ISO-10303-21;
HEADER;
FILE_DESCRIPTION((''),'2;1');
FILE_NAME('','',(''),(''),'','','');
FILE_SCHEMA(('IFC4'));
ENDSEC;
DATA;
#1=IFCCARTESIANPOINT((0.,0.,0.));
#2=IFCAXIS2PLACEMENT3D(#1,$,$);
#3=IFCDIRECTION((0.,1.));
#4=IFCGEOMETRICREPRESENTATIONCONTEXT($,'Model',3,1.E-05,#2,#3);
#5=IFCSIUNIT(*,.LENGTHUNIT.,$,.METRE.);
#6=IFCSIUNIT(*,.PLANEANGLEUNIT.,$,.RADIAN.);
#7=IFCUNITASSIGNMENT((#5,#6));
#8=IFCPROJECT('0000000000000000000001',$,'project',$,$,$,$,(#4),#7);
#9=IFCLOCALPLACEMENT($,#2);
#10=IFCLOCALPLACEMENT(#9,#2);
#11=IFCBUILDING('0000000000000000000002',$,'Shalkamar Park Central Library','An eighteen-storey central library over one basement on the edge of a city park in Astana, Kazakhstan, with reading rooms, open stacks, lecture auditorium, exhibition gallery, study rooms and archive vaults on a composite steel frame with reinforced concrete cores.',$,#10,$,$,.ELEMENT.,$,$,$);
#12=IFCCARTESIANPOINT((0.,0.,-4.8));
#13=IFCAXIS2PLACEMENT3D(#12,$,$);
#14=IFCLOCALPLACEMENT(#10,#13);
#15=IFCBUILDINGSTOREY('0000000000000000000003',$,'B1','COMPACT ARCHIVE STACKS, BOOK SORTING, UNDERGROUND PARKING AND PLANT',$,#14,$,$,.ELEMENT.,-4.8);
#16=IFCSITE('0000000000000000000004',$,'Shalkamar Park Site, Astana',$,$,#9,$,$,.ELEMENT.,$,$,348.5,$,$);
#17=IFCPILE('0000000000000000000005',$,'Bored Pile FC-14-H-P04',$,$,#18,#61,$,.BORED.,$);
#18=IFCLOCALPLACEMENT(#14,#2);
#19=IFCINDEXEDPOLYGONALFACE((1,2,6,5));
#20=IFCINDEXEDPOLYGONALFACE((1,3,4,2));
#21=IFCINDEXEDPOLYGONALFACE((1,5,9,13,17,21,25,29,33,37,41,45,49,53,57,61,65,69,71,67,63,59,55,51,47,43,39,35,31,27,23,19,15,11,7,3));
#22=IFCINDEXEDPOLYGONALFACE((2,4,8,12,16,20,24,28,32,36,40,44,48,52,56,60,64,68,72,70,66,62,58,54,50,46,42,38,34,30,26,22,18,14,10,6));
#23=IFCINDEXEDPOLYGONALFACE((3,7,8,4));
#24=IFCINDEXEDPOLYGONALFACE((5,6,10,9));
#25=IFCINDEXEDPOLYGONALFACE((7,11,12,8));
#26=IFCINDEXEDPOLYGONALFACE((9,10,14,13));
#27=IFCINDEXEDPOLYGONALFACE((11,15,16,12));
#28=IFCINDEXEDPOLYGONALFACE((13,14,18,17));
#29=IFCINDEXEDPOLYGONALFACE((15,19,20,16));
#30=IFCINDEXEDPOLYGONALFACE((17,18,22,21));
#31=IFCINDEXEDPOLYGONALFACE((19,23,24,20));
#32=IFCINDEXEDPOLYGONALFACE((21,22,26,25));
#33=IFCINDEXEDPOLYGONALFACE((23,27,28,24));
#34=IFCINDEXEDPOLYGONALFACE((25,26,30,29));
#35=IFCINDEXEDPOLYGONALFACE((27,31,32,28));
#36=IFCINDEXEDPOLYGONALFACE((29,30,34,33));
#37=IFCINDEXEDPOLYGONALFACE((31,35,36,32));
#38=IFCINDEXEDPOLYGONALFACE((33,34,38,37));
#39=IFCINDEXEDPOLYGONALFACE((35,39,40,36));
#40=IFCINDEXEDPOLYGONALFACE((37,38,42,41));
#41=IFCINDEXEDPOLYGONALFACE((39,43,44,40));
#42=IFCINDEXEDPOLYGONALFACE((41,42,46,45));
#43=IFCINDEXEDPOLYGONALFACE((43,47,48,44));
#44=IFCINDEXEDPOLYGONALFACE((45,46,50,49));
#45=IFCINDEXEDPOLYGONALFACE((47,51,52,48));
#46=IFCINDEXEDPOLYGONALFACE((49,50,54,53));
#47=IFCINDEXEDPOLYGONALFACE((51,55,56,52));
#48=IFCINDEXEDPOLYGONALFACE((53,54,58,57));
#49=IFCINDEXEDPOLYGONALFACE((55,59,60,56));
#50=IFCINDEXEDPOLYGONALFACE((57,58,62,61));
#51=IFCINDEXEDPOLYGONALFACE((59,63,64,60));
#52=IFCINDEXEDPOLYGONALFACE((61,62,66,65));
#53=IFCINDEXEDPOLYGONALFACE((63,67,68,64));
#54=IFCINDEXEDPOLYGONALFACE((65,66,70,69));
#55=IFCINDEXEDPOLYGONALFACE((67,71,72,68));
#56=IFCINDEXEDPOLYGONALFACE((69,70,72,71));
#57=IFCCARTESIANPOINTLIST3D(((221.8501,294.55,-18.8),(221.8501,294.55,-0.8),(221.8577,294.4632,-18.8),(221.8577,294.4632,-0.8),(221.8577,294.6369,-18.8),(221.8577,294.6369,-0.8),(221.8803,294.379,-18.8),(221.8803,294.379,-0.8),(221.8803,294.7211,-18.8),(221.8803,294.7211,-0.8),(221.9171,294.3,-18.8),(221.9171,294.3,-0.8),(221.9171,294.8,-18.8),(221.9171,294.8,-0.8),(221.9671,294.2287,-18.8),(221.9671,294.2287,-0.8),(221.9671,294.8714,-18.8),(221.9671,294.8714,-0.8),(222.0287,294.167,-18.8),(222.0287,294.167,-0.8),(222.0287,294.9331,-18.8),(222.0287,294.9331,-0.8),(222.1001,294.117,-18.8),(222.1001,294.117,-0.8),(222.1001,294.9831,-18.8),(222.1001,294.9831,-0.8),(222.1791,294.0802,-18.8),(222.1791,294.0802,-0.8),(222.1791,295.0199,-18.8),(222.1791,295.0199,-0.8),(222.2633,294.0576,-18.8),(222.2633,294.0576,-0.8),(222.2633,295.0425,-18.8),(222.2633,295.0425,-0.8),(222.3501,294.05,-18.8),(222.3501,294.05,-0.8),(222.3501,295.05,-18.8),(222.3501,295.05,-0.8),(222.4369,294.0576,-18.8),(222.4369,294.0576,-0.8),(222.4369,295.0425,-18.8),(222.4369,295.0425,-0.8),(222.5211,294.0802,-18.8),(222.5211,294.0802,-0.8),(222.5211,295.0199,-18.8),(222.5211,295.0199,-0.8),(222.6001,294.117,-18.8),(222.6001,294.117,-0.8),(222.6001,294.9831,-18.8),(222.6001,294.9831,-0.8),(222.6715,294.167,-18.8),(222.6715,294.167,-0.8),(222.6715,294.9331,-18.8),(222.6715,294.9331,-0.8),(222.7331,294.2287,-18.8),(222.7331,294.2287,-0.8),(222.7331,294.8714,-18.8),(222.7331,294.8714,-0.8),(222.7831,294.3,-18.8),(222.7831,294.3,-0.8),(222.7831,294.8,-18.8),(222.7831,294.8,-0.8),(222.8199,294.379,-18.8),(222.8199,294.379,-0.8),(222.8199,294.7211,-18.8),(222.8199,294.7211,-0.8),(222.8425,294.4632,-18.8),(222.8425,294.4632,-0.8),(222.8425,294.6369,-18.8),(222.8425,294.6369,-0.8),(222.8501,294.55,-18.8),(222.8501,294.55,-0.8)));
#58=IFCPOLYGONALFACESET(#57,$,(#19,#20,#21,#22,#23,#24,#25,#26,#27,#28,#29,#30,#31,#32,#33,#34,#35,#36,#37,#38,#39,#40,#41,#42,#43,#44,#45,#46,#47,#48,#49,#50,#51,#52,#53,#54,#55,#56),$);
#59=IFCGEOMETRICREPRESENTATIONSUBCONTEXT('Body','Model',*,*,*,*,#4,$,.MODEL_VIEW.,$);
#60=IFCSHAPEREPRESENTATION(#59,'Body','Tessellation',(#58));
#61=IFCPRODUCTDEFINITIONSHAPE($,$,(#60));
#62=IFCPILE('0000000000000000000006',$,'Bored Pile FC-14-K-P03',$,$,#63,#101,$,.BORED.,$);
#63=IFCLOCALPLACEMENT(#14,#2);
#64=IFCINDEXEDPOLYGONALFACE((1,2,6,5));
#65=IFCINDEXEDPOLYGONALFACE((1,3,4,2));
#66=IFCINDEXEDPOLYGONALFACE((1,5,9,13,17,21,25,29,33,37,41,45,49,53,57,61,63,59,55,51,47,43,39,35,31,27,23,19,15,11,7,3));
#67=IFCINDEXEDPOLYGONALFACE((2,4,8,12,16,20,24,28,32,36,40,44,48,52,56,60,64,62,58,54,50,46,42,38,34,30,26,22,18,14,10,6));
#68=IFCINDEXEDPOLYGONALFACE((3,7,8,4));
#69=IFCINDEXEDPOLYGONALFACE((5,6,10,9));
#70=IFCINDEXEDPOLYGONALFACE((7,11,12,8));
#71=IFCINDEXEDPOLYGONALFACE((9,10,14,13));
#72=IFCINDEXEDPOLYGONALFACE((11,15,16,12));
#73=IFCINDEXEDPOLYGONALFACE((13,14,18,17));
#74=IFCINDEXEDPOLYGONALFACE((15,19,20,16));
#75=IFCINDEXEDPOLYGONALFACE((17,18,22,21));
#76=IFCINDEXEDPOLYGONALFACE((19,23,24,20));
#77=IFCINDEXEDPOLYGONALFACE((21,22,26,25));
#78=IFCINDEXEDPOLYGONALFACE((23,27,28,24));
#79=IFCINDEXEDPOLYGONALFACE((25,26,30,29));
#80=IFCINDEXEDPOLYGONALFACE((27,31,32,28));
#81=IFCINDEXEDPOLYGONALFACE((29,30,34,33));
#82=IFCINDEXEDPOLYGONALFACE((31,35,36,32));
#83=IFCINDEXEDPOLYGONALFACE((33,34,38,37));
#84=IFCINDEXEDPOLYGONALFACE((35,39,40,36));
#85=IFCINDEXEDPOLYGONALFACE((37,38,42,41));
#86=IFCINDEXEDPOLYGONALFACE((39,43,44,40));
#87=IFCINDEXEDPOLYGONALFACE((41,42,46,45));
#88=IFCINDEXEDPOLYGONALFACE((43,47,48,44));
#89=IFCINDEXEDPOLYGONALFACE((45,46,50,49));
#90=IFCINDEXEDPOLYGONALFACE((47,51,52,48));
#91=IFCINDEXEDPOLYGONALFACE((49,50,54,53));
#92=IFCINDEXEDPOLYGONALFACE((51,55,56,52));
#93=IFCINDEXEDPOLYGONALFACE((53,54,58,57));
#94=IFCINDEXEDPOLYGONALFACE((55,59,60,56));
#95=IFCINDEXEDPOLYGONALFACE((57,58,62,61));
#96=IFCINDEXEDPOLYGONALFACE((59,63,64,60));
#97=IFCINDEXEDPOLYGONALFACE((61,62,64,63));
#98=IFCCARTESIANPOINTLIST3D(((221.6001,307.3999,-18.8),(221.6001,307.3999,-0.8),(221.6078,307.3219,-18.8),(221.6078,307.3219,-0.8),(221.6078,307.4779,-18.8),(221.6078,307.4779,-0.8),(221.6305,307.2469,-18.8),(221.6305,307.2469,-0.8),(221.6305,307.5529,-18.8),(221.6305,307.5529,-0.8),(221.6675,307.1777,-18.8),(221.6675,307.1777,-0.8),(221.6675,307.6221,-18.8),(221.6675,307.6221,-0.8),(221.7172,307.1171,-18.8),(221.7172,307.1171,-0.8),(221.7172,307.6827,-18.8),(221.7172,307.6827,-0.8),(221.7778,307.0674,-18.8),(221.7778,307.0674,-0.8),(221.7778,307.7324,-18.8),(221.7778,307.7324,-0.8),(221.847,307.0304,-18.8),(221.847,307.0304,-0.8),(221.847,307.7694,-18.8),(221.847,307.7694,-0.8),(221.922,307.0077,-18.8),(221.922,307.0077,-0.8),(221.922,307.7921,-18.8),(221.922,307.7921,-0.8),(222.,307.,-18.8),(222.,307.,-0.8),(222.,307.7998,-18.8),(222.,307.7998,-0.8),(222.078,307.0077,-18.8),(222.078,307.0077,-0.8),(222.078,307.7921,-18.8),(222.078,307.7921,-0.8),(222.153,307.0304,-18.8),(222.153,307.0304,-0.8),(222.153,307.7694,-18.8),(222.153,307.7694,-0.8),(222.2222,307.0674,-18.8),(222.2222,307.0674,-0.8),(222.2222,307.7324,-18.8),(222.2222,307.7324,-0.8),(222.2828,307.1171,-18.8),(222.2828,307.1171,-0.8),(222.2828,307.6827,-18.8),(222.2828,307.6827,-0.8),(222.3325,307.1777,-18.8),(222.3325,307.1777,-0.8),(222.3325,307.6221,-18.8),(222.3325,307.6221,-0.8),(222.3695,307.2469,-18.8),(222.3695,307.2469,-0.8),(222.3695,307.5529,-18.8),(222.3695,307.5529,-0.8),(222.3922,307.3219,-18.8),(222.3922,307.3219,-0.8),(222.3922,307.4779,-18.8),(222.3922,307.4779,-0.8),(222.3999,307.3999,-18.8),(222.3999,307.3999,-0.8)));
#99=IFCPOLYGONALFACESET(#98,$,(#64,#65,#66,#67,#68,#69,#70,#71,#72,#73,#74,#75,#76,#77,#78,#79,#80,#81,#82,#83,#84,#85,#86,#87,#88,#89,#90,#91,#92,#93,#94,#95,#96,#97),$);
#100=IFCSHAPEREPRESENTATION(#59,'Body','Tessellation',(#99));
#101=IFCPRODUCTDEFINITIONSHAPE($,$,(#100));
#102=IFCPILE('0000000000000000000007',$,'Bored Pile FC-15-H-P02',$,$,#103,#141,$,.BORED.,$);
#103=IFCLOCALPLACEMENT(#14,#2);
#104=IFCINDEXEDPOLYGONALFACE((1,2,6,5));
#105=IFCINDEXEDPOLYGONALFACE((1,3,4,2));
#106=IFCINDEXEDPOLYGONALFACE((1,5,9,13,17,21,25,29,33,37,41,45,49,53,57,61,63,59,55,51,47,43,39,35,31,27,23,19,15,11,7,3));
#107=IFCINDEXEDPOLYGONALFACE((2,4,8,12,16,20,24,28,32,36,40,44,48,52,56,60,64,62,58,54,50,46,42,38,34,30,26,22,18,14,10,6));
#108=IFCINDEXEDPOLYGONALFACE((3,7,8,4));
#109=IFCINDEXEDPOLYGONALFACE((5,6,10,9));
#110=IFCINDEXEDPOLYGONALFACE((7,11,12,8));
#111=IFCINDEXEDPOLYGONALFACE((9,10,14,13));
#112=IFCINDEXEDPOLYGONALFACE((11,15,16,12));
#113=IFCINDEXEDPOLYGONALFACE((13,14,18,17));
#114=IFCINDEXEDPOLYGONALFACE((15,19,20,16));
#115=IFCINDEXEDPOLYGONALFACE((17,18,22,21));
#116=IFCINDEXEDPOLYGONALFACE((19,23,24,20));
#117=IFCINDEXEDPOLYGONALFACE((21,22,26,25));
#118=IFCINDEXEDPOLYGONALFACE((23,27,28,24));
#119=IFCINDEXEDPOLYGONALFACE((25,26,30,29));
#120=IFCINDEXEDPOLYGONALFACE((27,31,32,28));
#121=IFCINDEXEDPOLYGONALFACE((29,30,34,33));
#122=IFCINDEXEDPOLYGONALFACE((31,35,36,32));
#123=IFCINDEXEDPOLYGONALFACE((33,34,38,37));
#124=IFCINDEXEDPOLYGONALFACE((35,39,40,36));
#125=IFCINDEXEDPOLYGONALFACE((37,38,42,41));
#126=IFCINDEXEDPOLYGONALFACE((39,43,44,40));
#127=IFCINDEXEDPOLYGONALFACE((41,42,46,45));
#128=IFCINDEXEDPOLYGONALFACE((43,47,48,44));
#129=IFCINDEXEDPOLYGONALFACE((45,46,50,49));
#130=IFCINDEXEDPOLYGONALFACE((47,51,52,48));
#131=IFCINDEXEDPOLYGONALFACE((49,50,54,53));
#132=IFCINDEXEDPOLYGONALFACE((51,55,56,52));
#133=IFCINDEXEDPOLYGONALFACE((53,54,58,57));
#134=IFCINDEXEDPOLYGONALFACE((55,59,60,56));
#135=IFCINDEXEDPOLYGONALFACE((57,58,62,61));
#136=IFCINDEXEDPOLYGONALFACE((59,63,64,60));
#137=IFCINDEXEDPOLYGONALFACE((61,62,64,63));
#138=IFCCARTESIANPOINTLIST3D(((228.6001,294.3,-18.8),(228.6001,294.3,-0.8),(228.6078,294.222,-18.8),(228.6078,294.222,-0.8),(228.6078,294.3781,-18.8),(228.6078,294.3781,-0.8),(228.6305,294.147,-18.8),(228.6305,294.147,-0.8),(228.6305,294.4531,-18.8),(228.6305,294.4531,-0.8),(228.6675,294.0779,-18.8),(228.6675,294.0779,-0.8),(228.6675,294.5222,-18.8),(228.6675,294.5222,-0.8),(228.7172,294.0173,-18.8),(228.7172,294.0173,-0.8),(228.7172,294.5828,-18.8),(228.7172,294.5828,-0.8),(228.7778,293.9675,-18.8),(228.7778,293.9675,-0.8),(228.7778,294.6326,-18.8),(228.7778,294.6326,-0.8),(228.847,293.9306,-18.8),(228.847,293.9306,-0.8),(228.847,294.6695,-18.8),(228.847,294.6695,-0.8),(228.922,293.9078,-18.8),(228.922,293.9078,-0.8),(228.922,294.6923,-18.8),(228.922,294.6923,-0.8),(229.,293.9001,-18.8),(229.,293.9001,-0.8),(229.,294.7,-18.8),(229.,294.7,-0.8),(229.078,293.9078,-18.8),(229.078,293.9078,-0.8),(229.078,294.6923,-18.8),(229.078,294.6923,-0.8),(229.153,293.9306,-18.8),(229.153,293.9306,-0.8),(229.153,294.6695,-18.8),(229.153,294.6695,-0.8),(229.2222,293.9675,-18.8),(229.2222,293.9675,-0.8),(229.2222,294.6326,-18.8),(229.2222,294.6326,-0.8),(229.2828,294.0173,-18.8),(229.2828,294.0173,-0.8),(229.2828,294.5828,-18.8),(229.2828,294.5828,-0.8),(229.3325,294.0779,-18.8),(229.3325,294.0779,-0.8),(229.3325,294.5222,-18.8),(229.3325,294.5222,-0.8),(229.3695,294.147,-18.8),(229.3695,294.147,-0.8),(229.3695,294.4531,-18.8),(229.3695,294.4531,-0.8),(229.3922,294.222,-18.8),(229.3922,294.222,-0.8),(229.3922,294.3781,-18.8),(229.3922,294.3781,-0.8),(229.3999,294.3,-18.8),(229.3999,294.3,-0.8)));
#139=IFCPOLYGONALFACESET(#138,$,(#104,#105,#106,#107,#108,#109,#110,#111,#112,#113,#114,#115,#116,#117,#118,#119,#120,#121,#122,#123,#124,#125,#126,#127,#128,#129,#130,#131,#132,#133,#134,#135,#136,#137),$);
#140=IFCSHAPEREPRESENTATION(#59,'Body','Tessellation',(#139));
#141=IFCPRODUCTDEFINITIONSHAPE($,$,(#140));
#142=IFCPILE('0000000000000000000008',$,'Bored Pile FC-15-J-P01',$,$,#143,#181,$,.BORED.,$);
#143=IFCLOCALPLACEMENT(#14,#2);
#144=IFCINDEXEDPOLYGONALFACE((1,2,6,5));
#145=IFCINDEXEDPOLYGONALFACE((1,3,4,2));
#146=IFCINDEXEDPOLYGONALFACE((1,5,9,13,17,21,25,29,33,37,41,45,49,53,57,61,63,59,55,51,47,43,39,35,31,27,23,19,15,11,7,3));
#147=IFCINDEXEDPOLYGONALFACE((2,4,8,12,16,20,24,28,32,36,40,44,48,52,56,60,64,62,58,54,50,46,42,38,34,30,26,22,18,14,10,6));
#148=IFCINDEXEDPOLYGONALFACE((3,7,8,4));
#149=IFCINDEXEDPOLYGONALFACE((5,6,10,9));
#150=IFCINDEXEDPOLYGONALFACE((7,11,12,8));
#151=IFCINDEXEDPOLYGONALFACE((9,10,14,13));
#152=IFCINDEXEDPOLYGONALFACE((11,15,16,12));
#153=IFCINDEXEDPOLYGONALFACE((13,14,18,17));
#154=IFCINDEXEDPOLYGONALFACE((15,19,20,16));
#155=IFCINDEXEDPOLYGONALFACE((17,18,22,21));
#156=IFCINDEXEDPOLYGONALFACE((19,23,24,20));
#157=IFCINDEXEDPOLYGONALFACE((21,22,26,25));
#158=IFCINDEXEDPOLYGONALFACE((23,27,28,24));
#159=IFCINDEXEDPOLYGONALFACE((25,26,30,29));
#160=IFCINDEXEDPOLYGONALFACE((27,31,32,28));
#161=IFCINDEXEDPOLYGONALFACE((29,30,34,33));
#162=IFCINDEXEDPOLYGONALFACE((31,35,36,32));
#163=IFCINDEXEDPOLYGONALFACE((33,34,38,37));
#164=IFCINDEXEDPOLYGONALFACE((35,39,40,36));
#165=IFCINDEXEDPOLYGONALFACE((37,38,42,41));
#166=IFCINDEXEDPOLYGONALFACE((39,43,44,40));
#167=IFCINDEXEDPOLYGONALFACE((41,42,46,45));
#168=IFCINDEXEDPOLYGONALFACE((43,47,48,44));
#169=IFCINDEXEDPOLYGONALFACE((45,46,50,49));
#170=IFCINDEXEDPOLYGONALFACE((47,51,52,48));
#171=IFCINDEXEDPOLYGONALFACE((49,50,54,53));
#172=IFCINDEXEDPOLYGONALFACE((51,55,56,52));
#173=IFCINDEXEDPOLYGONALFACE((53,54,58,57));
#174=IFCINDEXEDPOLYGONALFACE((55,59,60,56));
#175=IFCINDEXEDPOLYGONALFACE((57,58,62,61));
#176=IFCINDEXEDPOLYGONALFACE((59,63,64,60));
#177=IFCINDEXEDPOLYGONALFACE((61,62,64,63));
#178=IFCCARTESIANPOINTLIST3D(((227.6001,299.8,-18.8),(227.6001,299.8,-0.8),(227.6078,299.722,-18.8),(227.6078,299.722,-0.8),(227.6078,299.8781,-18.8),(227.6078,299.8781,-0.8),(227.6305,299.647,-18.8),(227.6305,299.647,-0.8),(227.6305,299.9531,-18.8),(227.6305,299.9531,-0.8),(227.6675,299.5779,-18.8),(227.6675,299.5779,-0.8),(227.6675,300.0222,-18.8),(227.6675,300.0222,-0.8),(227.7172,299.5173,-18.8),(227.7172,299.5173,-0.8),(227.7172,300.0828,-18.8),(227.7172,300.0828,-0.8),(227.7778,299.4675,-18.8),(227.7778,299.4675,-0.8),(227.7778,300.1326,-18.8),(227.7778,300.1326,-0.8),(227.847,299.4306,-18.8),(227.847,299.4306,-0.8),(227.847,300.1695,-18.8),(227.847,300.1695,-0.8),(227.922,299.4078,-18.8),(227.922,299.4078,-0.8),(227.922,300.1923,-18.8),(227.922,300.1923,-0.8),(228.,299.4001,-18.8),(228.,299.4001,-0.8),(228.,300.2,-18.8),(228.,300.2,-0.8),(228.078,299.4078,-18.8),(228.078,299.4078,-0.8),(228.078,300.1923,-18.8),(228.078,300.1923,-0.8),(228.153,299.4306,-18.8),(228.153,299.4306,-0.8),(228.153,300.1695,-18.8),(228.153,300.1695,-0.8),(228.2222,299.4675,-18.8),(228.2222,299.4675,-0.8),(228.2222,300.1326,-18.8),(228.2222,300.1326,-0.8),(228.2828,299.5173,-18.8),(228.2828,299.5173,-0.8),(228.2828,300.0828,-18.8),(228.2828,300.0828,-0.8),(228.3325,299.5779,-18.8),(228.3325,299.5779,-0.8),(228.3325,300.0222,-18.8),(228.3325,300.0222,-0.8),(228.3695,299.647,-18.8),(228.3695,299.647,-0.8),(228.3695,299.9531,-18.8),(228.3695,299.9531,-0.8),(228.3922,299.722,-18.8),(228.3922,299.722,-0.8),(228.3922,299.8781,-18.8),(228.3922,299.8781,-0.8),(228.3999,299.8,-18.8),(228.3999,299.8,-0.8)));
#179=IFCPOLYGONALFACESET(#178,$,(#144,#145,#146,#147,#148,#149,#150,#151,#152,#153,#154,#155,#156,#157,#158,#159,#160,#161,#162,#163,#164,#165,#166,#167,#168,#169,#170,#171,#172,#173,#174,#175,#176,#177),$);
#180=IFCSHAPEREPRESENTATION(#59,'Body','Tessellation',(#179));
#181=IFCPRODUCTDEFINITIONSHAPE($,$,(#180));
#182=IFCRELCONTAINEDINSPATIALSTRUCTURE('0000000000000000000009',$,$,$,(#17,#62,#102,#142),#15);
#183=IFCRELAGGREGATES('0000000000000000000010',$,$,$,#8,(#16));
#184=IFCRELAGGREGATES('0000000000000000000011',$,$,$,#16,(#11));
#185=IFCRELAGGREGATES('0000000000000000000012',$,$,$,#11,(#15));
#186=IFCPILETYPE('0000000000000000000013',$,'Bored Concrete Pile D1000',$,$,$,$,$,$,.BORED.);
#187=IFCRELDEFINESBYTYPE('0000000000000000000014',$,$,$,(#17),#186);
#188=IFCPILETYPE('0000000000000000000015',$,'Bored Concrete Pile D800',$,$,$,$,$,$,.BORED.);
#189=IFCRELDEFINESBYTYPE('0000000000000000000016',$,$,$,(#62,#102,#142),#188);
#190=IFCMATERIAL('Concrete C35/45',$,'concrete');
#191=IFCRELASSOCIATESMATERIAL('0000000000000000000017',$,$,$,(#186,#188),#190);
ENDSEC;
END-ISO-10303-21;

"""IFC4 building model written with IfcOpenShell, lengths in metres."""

from ifc_helpers import new_model, si_unit, direction, frame, origin, origin_2d, place, context, subcontext, project, spatial, circle, extrude, material, material_profile, profile_set, type_object, element, save


model = new_model("IFC4")

# Units and contexts
model_context = context("Model", 3, precision=1e-05, world=origin(), true_north=direction((0.0, 1.0)))
body_context = subcontext(model_context, "Body", "Model", "MODEL_VIEW")
ifc_project = project(units=[si_unit("LENGTHUNIT", "METRE"), si_unit("PLANEANGLEUNIT", "RADIAN")], contexts=[model_context])

# Site, building, storey
site_placement = place(None, origin())
site = spatial("IfcSite", under=ifc_project, at=site_placement, Name="Shalkamar Park Site, Astana", CompositionType="ELEMENT", RefElevation=348.5)
building_placement = place(site_placement, origin())
building = spatial("IfcBuilding", under=site, at=building_placement, Name="Shalkamar Park Central Library", Description="An eighteen-storey central library over one basement on the edge of a city park in Astana, Kazakhstan, with reading rooms, open stacks, lecture auditorium, exhibition gallery, study rooms and archive vaults on a composite steel frame with reinforced concrete cores.", CompositionType="ELEMENT")
storey_placement = place(building_placement, frame((0.0, 0.0, -4.8)))
storey = spatial("IfcBuildingStorey", under=building, at=storey_placement, Name="B1", Description="COMPACT ARCHIVE STACKS, BOOK SORTING, UNDERGROUND PARKING AND PLANT", CompositionType="ELEMENT", Elevation=-4.8)

# Piles
ifc_material_1 = material(Name="Concrete C35/45", Category="concrete")
ifc_material_profile_1 = material_profile(ifc_material_1, circle(Radius=0.5, at=origin_2d()), Name="PILE D1000")
ifc_profile_set_1 = profile_set([ifc_material_profile_1], Name="Concrete C35/45")
pile_type_1 = type_object("IfcPileType", Name="Bored Concrete Pile D1000", PredefinedType="BORED", material=ifc_profile_set_1)
pile_placement = place(storey_placement, frame((222.3501, 294.55, -0.8), z_axis=(0.0, 0.0, -1.0), x_axis=(1.0, 0.0, 0.0)))
element("IfcPile", 1, at=pile_placement, inside=storey, type_object=pile_type_1, Name="Bored Pile FC-14-H-P04", PredefinedType="BORED", context=body_context, shape_type="SweptSolid", body=[
    extrude(circle(Radius=0.5, at=origin_2d()), origin(), (0.0, 0.0, 1.0), 18.0),
])
ifc_material_profile_2 = material_profile(ifc_material_1, circle(Radius=0.3999, at=origin_2d()), Name="PILE D800")
ifc_profile_set_2 = profile_set([ifc_material_profile_2], Name="Concrete C35/45")
pile_type_2 = type_object("IfcPileType", Name="Bored Concrete Pile D800", PredefinedType="BORED", material=ifc_profile_set_2)
for number, where, z_axis, x_axis, name in (
    (2, (222.0, 307.3999, -0.8), (0.0, 0.0, -1.0), (1.0, 0.0, 0.0), "Bored Pile FC-14-K-P03"),
    (3, (229.0, 294.3, -0.8), (0.0, 0.0, -1.0), (1.0, 0.0, 0.0), "Bored Pile FC-15-H-P02"),
    (4, (228.0, 299.8, -0.8), (0.0, 0.0, -1.0), (1.0, 0.0, 0.0), "Bored Pile FC-15-J-P01"),
):
    element("IfcPile", number, at=place(storey_placement, frame(where, z_axis=z_axis, x_axis=x_axis)), inside=storey, type_object=pile_type_2, Name=name, PredefinedType="BORED", context=body_context, shape_type="SweptSolid", body=[
        extrude(circle(Radius=0.3999, at=origin_2d()), origin(), (0.0, 0.0, 1.0), 18.0),
    ])

save(model, "model.ifc")
